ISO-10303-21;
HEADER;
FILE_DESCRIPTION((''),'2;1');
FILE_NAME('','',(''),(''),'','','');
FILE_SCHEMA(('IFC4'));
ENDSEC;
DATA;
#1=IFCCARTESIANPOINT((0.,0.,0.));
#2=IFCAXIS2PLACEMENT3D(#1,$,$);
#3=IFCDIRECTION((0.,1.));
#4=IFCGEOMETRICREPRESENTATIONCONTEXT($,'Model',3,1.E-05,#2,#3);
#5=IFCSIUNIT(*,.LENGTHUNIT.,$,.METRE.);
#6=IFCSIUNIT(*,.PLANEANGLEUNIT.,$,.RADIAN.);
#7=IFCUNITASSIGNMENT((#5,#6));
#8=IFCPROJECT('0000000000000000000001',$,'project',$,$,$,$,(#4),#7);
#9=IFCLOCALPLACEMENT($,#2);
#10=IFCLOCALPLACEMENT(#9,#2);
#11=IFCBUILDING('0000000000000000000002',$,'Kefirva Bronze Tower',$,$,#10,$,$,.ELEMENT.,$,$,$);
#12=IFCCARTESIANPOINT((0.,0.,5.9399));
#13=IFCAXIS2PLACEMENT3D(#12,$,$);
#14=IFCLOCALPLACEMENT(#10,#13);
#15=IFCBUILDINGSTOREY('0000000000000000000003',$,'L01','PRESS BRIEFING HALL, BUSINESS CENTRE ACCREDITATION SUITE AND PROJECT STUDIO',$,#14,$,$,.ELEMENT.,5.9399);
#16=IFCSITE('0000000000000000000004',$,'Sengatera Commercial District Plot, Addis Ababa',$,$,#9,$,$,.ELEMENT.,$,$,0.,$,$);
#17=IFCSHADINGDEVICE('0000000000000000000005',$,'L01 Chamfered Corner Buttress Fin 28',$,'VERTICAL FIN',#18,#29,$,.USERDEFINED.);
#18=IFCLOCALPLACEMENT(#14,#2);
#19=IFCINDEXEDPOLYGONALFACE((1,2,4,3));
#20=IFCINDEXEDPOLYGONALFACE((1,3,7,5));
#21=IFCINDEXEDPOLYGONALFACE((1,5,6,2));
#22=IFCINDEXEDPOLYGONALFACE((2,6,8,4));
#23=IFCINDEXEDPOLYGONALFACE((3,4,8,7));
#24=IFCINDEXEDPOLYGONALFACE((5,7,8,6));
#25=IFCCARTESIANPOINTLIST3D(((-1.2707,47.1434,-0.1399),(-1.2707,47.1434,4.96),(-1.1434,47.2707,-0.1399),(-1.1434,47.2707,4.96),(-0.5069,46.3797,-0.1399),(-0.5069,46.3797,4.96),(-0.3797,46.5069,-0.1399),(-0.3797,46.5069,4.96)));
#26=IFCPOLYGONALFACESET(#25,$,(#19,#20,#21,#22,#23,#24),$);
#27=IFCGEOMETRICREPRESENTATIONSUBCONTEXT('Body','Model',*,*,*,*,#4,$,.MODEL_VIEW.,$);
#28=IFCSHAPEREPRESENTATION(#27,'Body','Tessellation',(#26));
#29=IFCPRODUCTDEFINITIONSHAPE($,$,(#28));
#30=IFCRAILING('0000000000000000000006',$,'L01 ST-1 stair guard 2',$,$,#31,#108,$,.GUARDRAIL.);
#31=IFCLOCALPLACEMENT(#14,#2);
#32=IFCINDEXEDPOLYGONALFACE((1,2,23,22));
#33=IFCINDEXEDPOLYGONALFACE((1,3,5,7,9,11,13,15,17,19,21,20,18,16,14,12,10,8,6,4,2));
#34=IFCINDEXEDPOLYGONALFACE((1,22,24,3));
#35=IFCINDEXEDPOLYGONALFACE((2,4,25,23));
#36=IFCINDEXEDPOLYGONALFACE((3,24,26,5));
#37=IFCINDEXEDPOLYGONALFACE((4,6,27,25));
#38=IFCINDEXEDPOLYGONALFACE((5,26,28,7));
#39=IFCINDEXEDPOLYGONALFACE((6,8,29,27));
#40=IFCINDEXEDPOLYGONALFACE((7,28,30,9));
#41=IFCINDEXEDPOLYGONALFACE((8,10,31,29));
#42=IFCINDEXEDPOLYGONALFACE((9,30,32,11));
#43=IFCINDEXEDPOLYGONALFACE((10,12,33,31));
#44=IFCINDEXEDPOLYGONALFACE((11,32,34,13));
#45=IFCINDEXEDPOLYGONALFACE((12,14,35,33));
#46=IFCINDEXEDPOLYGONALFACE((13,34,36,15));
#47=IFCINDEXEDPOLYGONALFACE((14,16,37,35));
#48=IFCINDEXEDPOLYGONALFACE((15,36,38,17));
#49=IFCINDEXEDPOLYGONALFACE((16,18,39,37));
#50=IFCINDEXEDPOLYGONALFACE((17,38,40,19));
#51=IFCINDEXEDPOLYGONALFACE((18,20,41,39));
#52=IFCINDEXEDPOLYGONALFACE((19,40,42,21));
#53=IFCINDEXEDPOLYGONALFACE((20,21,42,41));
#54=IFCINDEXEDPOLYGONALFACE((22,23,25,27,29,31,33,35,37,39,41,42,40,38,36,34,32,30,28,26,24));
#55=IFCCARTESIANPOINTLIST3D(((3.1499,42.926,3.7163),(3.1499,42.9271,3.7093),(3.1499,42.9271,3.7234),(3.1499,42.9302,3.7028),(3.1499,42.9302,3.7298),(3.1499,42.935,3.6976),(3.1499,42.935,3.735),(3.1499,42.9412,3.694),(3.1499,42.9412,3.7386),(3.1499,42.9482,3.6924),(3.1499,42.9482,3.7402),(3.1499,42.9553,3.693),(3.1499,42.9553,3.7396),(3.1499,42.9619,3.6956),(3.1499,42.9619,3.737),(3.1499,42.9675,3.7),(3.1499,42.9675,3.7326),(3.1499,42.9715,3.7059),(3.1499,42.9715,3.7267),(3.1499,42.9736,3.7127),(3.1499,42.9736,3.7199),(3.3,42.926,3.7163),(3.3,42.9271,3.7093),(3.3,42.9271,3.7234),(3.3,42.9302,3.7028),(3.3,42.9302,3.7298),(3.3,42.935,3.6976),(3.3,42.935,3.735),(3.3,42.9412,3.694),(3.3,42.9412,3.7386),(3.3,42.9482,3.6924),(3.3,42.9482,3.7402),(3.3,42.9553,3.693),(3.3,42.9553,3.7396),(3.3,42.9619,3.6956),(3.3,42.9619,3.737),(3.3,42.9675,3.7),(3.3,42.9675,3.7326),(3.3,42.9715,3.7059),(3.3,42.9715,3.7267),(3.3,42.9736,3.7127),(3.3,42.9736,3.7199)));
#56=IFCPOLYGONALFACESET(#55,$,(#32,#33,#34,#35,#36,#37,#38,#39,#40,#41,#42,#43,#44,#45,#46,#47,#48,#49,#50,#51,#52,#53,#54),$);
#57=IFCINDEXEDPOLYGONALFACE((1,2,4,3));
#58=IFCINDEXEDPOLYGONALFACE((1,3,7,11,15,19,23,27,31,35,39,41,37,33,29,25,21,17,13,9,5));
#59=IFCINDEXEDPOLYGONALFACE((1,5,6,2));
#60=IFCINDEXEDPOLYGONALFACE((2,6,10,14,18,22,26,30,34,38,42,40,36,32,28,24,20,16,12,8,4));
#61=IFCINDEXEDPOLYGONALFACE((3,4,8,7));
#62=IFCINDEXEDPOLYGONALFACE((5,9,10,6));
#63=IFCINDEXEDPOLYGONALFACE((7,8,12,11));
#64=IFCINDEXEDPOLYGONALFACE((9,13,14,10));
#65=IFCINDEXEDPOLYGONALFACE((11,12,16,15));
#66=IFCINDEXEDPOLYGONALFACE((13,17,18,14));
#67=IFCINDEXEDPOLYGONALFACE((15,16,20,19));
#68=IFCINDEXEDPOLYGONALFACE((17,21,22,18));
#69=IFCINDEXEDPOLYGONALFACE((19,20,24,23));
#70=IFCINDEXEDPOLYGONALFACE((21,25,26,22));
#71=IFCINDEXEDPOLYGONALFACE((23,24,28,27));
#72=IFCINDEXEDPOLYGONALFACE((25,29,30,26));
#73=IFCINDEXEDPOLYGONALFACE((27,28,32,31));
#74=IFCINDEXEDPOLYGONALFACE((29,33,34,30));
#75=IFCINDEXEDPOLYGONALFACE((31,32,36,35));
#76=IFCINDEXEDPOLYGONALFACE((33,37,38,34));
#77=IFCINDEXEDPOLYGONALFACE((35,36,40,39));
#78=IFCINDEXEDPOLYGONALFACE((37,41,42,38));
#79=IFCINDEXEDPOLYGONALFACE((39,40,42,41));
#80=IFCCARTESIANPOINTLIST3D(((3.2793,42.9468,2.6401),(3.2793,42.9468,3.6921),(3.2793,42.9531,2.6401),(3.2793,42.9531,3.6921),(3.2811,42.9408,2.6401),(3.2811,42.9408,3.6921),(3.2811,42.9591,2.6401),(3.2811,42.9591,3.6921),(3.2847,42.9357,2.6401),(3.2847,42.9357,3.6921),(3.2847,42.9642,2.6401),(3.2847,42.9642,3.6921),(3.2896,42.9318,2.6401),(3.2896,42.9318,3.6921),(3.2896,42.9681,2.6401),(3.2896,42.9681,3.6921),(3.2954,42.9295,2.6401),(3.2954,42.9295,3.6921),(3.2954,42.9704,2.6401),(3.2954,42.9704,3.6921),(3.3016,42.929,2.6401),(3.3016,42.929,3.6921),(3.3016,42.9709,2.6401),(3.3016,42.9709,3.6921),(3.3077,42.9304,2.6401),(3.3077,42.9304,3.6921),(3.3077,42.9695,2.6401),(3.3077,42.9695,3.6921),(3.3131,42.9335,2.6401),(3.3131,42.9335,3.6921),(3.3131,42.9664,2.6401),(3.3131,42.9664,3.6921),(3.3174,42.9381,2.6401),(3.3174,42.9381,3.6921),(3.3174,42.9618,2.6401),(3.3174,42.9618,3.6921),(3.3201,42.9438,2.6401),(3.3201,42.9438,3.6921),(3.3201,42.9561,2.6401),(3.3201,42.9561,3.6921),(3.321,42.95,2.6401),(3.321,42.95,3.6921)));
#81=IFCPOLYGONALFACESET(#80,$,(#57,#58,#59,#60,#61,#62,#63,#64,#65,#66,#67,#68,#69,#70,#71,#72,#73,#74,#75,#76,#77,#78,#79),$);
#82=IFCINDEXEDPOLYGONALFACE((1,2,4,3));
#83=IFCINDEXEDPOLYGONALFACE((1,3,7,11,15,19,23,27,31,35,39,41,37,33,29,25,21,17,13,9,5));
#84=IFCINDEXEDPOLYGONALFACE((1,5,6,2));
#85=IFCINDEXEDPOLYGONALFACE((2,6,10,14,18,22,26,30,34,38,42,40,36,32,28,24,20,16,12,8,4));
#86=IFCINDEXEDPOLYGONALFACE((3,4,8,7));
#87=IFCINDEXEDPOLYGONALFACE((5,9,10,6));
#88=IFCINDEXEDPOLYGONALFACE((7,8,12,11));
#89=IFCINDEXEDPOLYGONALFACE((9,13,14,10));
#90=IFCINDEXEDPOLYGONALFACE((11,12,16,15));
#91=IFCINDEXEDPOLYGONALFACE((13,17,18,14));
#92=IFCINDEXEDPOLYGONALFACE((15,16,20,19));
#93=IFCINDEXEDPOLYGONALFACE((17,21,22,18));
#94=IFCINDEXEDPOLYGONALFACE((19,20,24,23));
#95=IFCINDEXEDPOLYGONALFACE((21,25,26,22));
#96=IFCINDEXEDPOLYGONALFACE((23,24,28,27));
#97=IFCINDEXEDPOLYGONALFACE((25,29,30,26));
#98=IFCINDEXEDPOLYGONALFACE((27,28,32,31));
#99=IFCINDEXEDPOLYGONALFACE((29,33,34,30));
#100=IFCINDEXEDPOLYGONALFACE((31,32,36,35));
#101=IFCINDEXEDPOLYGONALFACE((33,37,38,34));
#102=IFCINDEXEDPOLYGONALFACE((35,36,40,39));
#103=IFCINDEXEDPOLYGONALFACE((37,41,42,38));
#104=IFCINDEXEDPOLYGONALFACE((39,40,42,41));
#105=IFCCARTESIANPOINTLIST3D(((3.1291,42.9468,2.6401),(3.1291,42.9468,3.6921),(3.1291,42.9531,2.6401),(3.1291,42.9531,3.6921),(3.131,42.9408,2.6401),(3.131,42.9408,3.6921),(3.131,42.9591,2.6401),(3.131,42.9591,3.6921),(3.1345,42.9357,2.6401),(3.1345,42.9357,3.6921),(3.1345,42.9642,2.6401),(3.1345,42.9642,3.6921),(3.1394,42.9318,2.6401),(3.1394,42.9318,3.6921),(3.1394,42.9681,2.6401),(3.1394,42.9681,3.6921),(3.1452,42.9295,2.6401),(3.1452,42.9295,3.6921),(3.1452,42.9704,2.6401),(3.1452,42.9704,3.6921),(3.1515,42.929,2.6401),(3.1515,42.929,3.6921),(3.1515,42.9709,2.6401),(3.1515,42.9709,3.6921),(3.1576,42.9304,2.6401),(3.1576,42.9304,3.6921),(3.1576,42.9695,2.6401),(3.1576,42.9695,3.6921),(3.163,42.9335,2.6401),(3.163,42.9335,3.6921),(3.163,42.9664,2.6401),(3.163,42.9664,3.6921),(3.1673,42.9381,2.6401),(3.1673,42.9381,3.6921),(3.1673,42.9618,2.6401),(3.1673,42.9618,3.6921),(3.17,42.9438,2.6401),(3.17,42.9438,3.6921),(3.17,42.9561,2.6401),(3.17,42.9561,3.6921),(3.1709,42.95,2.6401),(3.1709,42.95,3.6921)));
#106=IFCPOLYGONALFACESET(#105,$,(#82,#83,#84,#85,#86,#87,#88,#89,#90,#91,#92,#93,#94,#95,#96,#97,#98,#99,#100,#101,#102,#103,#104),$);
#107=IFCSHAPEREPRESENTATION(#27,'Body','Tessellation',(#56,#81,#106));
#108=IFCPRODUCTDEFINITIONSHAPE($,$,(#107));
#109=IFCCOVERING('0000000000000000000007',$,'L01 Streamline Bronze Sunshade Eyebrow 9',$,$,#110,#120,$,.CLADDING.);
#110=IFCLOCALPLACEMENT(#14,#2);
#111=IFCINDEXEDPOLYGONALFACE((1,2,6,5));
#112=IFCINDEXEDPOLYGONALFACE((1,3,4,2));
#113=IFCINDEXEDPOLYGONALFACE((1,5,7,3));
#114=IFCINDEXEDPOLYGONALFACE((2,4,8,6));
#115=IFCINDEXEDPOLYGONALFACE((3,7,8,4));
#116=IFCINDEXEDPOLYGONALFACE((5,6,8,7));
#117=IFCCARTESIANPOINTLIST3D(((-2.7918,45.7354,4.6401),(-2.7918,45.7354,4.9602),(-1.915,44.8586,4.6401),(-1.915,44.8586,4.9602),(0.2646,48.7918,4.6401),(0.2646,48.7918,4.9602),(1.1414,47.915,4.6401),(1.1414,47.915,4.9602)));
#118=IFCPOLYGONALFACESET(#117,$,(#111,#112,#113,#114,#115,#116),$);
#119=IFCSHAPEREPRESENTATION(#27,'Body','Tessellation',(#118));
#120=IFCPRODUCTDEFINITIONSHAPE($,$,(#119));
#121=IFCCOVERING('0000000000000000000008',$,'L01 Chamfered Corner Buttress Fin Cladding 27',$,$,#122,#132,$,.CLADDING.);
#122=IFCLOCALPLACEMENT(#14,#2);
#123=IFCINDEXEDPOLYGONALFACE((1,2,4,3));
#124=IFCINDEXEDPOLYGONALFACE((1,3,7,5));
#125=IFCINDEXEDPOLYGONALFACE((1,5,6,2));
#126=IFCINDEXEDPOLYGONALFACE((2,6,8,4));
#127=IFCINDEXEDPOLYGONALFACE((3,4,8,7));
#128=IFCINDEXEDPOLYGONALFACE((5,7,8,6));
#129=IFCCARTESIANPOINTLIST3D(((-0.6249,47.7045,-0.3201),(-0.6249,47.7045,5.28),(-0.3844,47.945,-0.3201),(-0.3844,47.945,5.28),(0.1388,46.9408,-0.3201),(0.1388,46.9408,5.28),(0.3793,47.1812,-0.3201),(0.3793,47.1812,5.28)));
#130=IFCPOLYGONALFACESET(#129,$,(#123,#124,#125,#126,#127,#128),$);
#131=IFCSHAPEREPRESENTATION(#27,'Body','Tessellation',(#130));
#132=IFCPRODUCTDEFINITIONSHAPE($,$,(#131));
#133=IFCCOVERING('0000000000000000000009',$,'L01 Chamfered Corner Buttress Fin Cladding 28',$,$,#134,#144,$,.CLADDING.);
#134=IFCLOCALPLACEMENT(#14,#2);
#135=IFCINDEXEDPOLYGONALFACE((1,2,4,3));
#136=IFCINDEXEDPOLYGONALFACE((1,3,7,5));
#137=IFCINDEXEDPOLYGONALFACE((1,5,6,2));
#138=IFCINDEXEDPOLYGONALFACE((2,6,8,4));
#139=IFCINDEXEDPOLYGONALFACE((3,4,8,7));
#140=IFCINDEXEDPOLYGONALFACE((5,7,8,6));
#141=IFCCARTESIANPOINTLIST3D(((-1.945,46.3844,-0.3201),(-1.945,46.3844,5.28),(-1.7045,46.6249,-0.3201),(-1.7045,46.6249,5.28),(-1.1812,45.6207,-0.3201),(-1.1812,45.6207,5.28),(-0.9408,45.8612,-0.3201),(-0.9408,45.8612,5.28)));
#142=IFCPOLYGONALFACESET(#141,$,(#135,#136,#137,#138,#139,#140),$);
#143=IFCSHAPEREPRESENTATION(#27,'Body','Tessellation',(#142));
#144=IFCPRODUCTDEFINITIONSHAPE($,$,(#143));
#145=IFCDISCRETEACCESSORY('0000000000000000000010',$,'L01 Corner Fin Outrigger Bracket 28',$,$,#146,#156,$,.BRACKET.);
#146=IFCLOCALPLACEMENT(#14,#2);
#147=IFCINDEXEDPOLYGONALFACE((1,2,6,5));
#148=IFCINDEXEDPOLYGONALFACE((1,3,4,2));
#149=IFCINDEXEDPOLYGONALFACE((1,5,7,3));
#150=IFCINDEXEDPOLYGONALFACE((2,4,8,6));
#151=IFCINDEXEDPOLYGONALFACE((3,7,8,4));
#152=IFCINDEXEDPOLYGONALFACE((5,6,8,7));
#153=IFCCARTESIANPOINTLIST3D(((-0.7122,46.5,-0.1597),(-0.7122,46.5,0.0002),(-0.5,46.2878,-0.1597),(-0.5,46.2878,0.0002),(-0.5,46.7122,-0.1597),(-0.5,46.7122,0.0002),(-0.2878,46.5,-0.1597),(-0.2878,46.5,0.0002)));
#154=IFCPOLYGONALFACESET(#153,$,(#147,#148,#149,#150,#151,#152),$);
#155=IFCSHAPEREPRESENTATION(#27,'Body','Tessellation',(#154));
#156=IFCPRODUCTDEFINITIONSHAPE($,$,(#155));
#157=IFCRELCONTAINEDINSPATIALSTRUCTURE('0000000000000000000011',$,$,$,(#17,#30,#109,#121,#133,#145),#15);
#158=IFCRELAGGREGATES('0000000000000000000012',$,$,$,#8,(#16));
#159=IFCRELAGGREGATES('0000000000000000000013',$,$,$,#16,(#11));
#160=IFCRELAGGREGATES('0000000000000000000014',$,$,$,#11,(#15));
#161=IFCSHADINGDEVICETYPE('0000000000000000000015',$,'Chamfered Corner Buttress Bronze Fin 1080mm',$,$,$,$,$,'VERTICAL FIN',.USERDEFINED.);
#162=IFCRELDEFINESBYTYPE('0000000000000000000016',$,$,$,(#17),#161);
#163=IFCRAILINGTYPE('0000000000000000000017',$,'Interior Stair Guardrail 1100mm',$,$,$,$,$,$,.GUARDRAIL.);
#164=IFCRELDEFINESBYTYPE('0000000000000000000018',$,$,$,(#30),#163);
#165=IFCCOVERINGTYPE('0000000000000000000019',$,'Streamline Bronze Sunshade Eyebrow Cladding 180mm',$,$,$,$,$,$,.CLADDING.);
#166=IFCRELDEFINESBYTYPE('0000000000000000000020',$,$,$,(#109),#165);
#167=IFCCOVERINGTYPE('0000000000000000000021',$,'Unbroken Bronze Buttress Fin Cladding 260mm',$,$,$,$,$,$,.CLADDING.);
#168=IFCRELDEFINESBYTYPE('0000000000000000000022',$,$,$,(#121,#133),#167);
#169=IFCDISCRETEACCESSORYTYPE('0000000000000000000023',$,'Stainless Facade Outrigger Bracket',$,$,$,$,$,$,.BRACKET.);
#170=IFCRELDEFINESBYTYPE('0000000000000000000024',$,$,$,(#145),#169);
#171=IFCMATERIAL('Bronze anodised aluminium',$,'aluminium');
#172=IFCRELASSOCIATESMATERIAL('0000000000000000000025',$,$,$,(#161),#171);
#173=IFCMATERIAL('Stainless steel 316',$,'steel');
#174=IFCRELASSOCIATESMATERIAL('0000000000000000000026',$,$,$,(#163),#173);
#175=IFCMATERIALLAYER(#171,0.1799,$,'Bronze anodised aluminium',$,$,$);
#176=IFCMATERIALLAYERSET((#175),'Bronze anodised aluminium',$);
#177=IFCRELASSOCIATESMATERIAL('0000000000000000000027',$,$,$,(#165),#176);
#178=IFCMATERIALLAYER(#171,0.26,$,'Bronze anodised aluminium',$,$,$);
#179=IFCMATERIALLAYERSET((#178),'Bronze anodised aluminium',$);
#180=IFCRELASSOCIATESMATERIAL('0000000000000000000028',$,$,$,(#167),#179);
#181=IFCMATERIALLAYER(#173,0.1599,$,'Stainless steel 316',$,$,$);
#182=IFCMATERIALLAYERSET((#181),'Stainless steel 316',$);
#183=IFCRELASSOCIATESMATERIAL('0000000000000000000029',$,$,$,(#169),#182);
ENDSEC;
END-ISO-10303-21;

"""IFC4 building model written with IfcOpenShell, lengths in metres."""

from ifc_helpers import new_model, si_unit, direction, frame, origin, origin_2d, place, context, subcontext, project, spatial, rectangle, circle, extrude, material, layer, layer_set, material_profile, profile_set, type_object, element, save


model = new_model("IFC4")

# Units and contexts
model_context = context("Model", 3, precision=1e-05, world=origin(), true_north=direction((0.0, 1.0)))
body_context = subcontext(model_context, "Body", "Model", "MODEL_VIEW")
ifc_project = project(units=[si_unit("LENGTHUNIT", "METRE"), si_unit("PLANEANGLEUNIT", "RADIAN")], contexts=[model_context])

# Site, building, storey
site_placement = place(None, origin())
site = spatial("IfcSite", under=ifc_project, at=site_placement, Name="Sengatera Commercial District Plot, Addis Ababa", CompositionType="ELEMENT", RefElevation=0.0)
building_placement = place(site_placement, origin())
building = spatial("IfcBuilding", under=site, at=building_placement, Name="Kefirva Bronze Tower", CompositionType="ELEMENT")
storey_placement = place(building_placement, frame((0.0, 0.0, 5.9399)))
storey = spatial("IfcBuildingStorey", under=building, at=storey_placement, Name="L01", Description="PRESS BRIEFING HALL, BUSINESS CENTRE ACCREDITATION SUITE AND PROJECT STUDIO", CompositionType="ELEMENT", Elevation=5.9399)

# Shared definitions
ifc_material_1 = material(Name="Bronze anodised aluminium", Category="aluminium")

# Shading device
ifc_material_profile_1 = material_profile(ifc_material_1, rectangle(XDim=0.1799, YDim=1.0801, at=origin_2d()), Name="BRONZE BUTTRESS FIN 180x1080")
ifc_profile_set_1 = profile_set([ifc_material_profile_1], Name="Bronze anodised aluminium")
shading_device_type = type_object("IfcShadingDeviceType", Name="Chamfered Corner Buttress Bronze Fin 1080mm", ElementType="VERTICAL FIN", PredefinedType="USERDEFINED", material=ifc_profile_set_1)
shading_device_placement = place(storey_placement, frame((-0.8252, 46.8252, -0.1399), z_axis=(0.0, 0.0, 1.0), x_axis=(-0.707107, -0.707107, 0.0)))
element("IfcShadingDevice", 1, at=shading_device_placement, inside=storey, type_object=shading_device_type, Name="L01 Chamfered Corner Buttress Fin 28", ObjectType="VERTICAL FIN", PredefinedType="USERDEFINED", context=body_context, shape_type="SweptSolid", body=[
    extrude(rectangle(XDim=0.1799, YDim=1.0801, at=origin_2d()), origin(), (0.0, 0.0, 1.0), 5.0999),
])

# Railing
ifc_material_2 = material(Name="Stainless steel 316", Category="steel")
railing_type = type_object("IfcRailingType", Name="Interior Stair Guardrail 1100mm", PredefinedType="GUARDRAIL", material=ifc_material_2)
railing_placement = place(storey_placement, frame((3.3, 42.95, 2.6401)))
element("IfcRailing", 2, at=railing_placement, inside=storey, type_object=railing_type, Name="L01 ST-1 stair guard 2", PredefinedType="GUARDRAIL", context=body_context, shape_type="SweptSolid", body=[
    extrude(circle(Radius=0.0239, at=origin_2d()), frame((0.0, 0.0, 1.0762), z_axis=(-1.0, 0.0, 0.0), x_axis=(0.0, -1.0, 0.0)), (0.0, 0.0, 1.0), 0.1501),
    extrude(circle(Radius=0.021, at=origin_2d()), origin(), (0.0, 0.0, 1.0), 1.052),
    extrude(circle(Radius=0.021, at=origin_2d()), frame((-0.1501, 0.0, 0.0)), (0.0, 0.0, 1.0), 1.052),
])

# Coverings
ifc_layer_1 = layer(ifc_material_1, 0.1799, Name="Bronze anodised aluminium")
ifc_layer_set_1 = layer_set([ifc_layer_1], Name="Bronze anodised aluminium")
covering_type_1 = type_object("IfcCoveringType", Name="Streamline Bronze Sunshade Eyebrow Cladding 180mm", PredefinedType="CLADDING", material=ifc_layer_set_1)
covering_1_placement = place(storey_placement, frame((-0.8252, 46.8252, 4.6401), z_axis=(0.0, 0.0, 1.0), x_axis=(-0.707107, -0.707107, 0.0)))
element("IfcCovering", 3, at=covering_1_placement, inside=storey, type_object=covering_type_1, Name="L01 Streamline Bronze Sunshade Eyebrow 9", PredefinedType="CLADDING", context=body_context, shape_type="SweptSolid", body=[
    extrude(rectangle(XDim=4.3225, YDim=1.24, at=origin_2d()), origin(), (0.0, 0.0, 1.0), 0.3201),
])
ifc_layer_2 = layer(ifc_material_1, 0.26, Name="Bronze anodised aluminium")
ifc_layer_set_2 = layer_set([ifc_layer_2], Name="Bronze anodised aluminium")
covering_type_2 = type_object("IfcCoveringType", Name="Unbroken Bronze Buttress Fin Cladding 260mm", PredefinedType="CLADDING", material=ifc_layer_set_2)
for number, where, z_axis, x_axis, name in (
    (4, (-0.1228, 47.4429, -0.3201), (0.0, 0.0, 1.0), (-0.707107, -0.707107, 0.0), "L01 Chamfered Corner Buttress Fin Cladding 27"),
    (5, (-1.4429, 46.1228, -0.3201), (0.0, 0.0, 1.0), (-0.707107, -0.707107, 0.0), "L01 Chamfered Corner Buttress Fin Cladding 28"),
):
    element("IfcCovering", number, at=place(storey_placement, frame(where, z_axis=z_axis, x_axis=x_axis)), inside=storey, type_object=covering_type_2, Name=name, PredefinedType="CLADDING", context=body_context, shape_type="SweptSolid", body=[
        extrude(rectangle(XDim=0.3401, YDim=1.0801, at=origin_2d()), origin(), (0.0, 0.0, 1.0), 5.6001),
    ])

# Discrete accessory
ifc_layer_3 = layer(ifc_material_2, 0.1599, Name="Stainless steel 316")
ifc_layer_set_3 = layer_set([ifc_layer_3], Name="Stainless steel 316")
discrete_accessory_type = type_object("IfcDiscreteAccessoryType", Name="Stainless Facade Outrigger Bracket", PredefinedType="BRACKET", material=ifc_layer_set_3)
discrete_accessory_placement = place(storey_placement, frame((-0.5, 46.5, -0.1597), z_axis=(0.0, 0.0, 1.0), x_axis=(-0.707107, -0.707107, 0.0)))
element("IfcDiscreteAccessory", 6, at=discrete_accessory_placement, inside=storey, type_object=discrete_accessory_type, Name="L01 Corner Fin Outrigger Bracket 28", PredefinedType="BRACKET", context=body_context, shape_type="SweptSolid", body=[
    extrude(rectangle(XDim=0.3, YDim=0.3, at=origin_2d()), origin(), (0.0, 0.0, 1.0), 0.1599),
])

save(model, "model.ifc")
